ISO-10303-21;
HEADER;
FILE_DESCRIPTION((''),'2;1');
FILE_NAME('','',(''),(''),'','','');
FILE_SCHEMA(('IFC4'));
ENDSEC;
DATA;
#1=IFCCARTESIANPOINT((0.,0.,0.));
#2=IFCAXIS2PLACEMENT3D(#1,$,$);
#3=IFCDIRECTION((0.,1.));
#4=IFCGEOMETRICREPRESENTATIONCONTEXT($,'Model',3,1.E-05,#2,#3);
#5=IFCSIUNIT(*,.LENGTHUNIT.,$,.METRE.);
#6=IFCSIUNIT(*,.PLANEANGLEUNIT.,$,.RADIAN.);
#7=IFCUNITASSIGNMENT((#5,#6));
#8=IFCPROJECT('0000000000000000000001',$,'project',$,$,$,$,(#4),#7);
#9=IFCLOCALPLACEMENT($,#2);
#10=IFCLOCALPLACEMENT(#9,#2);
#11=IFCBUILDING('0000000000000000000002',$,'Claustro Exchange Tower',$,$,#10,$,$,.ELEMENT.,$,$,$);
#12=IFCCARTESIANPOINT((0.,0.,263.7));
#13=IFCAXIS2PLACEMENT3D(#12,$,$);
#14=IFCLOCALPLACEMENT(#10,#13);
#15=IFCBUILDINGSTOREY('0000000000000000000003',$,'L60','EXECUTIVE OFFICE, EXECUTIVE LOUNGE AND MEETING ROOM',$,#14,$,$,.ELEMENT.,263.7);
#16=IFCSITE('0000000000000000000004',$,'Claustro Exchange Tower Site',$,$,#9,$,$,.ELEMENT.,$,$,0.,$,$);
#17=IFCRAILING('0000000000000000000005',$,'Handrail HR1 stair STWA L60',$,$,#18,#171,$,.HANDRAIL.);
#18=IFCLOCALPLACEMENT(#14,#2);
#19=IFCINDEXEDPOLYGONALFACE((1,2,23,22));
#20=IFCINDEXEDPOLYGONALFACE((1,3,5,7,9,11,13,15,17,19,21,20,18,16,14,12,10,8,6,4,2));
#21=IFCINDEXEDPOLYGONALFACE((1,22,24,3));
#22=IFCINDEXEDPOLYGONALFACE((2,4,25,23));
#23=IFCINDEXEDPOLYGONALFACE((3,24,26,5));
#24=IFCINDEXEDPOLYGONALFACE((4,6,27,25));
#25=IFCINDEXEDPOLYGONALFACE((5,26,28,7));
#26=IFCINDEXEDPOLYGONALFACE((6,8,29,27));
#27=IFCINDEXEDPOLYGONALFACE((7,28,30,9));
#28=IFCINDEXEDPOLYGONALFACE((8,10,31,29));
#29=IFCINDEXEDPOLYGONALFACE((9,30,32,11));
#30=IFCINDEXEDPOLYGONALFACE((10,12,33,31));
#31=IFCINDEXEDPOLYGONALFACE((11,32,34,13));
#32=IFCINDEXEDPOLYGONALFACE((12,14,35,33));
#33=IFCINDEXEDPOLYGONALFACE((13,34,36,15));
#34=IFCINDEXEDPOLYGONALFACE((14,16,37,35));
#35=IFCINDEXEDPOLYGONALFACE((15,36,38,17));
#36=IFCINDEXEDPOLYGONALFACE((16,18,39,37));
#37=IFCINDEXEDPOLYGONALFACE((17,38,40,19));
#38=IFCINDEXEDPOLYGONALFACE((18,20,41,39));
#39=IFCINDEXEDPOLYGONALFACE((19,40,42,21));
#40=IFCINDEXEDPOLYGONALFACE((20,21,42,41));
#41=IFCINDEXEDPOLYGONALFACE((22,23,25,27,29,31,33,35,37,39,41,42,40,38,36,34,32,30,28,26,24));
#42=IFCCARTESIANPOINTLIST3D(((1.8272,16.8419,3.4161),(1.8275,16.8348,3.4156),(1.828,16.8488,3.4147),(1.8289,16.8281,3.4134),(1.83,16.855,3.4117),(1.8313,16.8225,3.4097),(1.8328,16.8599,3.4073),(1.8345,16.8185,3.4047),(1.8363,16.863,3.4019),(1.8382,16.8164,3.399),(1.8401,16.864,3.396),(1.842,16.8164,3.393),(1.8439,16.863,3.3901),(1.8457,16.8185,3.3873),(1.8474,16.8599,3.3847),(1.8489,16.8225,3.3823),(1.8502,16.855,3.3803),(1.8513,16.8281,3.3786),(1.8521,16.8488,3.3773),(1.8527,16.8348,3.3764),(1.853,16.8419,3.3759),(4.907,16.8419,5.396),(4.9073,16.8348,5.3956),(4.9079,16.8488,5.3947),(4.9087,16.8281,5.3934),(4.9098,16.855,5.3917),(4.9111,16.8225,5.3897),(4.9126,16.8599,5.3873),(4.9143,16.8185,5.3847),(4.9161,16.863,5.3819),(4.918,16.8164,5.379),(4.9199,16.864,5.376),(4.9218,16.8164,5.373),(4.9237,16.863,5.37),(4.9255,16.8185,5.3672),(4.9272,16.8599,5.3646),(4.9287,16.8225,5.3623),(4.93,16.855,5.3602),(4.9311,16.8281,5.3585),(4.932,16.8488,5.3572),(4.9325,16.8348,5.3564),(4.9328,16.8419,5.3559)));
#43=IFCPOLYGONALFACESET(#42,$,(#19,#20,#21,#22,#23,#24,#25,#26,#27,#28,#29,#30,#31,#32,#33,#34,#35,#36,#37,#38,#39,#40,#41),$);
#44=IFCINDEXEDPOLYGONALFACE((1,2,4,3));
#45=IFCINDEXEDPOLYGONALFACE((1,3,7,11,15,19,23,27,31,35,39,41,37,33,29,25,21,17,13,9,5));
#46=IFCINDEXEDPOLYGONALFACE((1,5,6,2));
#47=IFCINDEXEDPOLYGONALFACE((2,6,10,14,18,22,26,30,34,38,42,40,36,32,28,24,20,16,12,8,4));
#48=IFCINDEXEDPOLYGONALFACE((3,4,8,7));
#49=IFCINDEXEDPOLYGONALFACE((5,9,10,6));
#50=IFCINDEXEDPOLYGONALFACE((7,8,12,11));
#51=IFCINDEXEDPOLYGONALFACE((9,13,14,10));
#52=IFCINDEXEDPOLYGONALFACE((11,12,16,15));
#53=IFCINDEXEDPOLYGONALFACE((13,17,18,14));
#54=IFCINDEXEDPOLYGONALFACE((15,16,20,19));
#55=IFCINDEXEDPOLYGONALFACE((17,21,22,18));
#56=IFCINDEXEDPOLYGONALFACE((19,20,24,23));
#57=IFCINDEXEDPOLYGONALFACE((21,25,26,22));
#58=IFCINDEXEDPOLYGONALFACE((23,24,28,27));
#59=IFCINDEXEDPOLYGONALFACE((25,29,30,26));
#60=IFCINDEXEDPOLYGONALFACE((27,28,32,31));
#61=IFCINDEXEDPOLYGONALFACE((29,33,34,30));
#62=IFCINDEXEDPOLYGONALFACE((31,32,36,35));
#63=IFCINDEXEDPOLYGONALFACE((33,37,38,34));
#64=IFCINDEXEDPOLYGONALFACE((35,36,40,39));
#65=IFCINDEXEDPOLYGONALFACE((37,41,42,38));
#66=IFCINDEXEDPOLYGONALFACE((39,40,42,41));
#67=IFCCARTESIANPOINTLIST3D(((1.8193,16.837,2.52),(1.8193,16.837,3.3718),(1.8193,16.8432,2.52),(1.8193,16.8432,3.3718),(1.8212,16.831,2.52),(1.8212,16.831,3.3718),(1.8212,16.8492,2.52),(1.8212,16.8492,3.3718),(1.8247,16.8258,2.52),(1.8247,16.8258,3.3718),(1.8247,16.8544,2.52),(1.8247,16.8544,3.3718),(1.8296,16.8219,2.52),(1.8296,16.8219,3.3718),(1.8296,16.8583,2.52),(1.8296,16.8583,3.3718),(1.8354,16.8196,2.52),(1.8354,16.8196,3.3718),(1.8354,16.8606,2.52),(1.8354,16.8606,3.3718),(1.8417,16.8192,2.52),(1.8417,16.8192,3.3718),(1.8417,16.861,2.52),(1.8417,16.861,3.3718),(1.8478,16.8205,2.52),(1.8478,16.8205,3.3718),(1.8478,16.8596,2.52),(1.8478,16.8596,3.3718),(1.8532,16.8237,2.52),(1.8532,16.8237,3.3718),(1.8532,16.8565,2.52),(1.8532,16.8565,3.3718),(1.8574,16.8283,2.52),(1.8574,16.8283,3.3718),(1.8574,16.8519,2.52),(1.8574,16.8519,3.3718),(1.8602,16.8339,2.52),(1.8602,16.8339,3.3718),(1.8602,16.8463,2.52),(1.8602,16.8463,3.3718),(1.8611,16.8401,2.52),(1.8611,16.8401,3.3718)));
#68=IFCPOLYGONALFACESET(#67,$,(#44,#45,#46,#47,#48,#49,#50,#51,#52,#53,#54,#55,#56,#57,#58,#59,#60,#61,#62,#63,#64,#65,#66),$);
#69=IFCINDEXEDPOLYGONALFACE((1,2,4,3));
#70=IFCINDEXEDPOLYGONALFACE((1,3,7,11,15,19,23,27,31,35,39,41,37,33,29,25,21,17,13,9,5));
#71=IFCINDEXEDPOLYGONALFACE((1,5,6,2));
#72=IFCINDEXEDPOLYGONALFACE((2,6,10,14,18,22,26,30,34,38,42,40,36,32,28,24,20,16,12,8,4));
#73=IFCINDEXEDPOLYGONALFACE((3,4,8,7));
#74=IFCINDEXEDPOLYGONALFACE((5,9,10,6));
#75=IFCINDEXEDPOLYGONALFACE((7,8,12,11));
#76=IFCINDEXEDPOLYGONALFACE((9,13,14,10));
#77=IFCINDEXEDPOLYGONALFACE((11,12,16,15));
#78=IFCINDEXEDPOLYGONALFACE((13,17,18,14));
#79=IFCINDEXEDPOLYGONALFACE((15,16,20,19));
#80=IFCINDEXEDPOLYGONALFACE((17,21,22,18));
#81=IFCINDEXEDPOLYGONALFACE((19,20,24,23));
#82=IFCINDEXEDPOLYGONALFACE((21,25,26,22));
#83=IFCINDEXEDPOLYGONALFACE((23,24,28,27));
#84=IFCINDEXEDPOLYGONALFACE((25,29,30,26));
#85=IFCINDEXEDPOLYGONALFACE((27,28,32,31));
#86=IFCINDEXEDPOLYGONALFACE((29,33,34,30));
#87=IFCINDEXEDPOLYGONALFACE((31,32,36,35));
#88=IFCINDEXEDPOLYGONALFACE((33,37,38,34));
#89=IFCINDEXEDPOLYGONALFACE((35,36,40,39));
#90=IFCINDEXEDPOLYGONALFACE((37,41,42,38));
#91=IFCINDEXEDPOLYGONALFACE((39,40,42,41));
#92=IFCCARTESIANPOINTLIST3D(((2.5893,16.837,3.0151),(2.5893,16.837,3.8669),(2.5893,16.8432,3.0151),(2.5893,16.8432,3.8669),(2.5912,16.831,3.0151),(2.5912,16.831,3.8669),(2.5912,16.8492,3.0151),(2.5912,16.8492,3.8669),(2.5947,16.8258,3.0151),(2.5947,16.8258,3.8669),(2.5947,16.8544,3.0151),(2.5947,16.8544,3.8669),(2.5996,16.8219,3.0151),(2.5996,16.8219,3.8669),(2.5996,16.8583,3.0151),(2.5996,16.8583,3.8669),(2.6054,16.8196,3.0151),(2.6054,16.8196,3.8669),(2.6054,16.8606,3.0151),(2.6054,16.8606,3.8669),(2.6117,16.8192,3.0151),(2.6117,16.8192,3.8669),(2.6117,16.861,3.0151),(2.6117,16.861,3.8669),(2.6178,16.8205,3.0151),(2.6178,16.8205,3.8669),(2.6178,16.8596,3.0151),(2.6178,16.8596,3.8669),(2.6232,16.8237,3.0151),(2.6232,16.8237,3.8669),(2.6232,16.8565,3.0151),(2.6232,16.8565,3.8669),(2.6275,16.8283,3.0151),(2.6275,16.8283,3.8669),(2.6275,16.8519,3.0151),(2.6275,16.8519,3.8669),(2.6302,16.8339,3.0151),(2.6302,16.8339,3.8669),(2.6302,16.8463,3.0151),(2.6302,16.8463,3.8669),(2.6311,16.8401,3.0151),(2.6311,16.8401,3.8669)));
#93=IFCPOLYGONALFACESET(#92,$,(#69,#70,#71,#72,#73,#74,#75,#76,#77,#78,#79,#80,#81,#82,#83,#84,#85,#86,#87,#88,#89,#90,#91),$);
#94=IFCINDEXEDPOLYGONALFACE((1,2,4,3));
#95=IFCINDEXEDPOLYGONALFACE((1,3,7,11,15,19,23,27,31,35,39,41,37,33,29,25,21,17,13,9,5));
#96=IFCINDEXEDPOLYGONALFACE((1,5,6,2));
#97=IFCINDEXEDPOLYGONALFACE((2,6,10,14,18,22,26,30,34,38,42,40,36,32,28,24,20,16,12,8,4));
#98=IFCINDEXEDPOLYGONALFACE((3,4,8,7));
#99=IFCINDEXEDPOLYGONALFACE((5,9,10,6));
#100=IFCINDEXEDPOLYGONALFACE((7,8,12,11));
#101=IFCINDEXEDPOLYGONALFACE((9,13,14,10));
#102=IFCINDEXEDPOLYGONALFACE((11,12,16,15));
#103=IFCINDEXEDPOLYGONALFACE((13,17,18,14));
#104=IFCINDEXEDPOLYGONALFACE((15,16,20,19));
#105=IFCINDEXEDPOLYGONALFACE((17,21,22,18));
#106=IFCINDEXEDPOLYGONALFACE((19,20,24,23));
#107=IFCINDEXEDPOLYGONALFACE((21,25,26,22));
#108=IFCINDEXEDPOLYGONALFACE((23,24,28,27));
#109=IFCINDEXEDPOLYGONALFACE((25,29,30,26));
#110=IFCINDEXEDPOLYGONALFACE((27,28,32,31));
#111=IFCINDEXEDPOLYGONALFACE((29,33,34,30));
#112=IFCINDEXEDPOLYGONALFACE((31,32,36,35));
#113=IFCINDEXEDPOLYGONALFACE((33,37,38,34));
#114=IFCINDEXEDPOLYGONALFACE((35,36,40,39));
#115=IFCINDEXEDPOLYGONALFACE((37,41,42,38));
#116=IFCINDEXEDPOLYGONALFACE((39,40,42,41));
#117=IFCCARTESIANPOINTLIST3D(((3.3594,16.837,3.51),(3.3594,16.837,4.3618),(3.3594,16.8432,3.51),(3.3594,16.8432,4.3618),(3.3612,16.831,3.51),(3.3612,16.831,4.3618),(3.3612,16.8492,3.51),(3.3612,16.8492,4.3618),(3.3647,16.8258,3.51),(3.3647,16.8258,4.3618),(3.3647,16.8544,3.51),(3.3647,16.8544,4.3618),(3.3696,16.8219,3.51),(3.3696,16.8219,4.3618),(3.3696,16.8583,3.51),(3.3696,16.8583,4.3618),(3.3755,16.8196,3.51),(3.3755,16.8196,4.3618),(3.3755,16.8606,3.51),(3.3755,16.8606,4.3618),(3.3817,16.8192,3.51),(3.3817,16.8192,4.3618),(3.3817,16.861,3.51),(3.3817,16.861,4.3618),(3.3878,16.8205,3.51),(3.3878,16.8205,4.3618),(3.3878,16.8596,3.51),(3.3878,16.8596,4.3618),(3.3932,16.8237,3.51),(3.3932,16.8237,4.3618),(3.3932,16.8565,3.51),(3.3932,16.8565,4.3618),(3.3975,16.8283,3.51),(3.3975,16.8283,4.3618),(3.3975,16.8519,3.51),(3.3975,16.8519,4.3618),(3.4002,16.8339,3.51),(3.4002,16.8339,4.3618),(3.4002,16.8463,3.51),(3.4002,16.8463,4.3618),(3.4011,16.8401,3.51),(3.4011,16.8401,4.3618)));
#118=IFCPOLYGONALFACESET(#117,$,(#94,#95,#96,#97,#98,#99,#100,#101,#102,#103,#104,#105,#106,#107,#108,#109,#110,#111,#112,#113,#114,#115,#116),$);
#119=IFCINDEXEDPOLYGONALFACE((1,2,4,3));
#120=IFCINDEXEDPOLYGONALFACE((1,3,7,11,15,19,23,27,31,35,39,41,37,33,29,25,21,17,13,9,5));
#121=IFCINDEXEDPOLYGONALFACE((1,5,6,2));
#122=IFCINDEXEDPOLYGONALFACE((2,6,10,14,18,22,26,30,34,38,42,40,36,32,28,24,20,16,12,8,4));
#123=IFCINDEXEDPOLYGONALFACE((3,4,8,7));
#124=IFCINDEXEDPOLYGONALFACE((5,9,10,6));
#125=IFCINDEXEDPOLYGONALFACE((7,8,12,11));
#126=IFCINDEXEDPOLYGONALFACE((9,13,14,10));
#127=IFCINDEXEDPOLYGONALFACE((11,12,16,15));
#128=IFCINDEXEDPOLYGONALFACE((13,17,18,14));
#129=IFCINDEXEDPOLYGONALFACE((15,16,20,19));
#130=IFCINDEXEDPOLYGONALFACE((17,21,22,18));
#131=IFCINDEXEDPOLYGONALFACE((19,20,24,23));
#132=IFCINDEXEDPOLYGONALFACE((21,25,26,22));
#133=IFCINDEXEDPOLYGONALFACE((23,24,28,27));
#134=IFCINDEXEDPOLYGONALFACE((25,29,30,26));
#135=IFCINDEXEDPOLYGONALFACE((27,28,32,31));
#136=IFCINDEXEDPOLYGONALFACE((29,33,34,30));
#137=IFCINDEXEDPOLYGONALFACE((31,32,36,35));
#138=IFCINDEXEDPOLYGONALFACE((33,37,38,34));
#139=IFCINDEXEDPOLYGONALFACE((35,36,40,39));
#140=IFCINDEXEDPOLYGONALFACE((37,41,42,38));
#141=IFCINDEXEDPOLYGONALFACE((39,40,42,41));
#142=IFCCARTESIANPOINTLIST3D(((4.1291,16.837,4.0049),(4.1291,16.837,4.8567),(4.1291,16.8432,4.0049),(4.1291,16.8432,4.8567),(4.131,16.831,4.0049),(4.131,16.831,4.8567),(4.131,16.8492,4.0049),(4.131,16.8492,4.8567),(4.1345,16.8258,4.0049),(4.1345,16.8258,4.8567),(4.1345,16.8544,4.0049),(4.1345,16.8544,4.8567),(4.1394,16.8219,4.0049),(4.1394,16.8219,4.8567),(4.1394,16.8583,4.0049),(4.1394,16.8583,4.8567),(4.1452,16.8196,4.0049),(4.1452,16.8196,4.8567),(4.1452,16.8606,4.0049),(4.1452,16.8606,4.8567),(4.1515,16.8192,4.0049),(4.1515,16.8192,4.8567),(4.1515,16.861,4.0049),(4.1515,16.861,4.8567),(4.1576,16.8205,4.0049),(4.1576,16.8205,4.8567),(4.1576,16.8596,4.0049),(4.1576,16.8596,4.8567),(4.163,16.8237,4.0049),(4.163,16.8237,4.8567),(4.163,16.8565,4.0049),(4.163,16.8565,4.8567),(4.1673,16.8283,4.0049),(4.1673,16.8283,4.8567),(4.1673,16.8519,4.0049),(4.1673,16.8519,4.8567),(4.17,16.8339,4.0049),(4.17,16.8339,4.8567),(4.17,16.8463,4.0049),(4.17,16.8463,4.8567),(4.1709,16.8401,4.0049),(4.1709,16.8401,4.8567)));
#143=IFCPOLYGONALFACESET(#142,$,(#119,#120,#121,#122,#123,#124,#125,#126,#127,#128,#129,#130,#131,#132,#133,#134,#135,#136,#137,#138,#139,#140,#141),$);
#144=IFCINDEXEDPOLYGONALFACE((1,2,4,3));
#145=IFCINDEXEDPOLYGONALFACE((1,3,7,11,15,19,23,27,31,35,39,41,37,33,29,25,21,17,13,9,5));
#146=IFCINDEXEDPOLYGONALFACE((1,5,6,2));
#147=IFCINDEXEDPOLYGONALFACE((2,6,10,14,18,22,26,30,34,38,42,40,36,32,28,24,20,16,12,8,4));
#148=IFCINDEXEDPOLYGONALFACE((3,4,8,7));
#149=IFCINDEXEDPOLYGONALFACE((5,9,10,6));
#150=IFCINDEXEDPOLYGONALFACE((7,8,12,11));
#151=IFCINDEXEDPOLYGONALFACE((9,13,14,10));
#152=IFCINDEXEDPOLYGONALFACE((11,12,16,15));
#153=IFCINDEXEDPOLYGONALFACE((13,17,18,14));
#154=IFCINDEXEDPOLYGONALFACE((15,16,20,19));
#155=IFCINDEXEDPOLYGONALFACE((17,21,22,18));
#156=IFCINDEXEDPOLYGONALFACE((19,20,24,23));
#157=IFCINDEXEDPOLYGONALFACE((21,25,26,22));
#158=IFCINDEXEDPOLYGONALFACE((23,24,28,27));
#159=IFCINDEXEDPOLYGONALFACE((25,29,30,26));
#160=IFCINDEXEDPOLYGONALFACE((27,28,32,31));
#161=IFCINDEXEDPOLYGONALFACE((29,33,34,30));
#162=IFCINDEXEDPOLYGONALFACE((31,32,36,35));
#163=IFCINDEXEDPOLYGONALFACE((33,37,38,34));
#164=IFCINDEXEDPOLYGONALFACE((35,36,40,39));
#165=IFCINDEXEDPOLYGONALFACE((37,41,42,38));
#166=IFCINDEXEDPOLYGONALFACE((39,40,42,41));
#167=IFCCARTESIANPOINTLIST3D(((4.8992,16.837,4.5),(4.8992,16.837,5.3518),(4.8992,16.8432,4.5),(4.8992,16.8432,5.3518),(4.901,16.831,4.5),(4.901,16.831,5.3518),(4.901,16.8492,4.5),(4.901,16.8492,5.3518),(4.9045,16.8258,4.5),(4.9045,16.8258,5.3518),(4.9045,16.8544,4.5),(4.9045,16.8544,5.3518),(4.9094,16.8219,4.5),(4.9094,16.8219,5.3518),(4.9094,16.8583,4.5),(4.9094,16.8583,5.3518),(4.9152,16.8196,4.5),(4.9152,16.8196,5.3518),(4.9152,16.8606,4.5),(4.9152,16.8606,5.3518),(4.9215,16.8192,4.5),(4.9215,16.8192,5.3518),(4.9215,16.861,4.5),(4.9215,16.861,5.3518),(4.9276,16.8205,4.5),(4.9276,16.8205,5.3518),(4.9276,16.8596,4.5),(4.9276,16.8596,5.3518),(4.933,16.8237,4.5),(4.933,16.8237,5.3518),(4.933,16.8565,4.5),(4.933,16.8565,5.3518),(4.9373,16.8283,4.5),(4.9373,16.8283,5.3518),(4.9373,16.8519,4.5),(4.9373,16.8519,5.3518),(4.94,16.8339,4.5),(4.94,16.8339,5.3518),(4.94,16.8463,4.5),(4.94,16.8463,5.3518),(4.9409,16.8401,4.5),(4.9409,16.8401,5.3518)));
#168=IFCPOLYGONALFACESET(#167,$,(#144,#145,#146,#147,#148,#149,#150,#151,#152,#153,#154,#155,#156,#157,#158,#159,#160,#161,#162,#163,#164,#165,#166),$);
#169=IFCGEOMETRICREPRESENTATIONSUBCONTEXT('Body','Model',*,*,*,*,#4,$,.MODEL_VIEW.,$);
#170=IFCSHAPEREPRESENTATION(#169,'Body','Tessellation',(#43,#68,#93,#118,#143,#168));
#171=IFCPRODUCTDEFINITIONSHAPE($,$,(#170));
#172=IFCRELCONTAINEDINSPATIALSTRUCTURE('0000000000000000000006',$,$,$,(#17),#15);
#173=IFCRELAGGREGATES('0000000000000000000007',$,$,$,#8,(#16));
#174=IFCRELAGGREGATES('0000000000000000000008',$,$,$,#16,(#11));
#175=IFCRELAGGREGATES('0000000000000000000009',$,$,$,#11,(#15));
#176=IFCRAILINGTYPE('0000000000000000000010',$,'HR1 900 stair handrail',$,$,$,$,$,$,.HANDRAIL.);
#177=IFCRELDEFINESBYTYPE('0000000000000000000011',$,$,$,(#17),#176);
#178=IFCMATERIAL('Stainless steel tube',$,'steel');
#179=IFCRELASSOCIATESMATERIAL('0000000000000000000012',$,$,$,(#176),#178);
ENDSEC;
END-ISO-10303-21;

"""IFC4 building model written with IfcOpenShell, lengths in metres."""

from ifc_helpers import new_model, si_unit, direction, frame, origin, origin_2d, place, context, subcontext, project, spatial, circle, extrude, material, type_object, element, save


model = new_model("IFC4")

# Units and contexts
model_context = context("Model", 3, precision=1e-05, world=origin(), true_north=direction((0.0, 1.0)))
body_context = subcontext(model_context, "Body", "Model", "MODEL_VIEW")
ifc_project = project(units=[si_unit("LENGTHUNIT", "METRE"), si_unit("PLANEANGLEUNIT", "RADIAN")], contexts=[model_context])

# Site, building, storey
site_placement = place(None, origin())
site = spatial("IfcSite", under=ifc_project, at=site_placement, Name="Claustro Exchange Tower Site", CompositionType="ELEMENT", RefElevation=0.0)
building_placement = place(site_placement, origin())
building = spatial("IfcBuilding", under=site, at=building_placement, Name="Claustro Exchange Tower", CompositionType="ELEMENT")
storey_placement = place(building_placement, frame((0.0, 0.0, 263.7)))
storey = spatial("IfcBuildingStorey", under=building, at=storey_placement, Name="L60", Description="EXECUTIVE OFFICE, EXECUTIVE LOUNGE AND MEETING ROOM", CompositionType="ELEMENT", Elevation=263.7)

# Railing
ifc_material_1 = material(Name="Stainless steel tube", Category="steel")
railing_type = type_object("IfcRailingType", Name="HR1 900 stair handrail", PredefinedType="HANDRAIL", material=ifc_material_1)
railing_placement = place(storey_placement, frame((1.8401, 16.8401, 2.52)))
element("IfcRailing", 1, at=railing_placement, inside=storey, type_object=railing_type, Name="Handrail HR1 stair STWA L60", PredefinedType="HANDRAIL", context=body_context, shape_type="SweptSolid", body=[
    extrude(circle(Radius=0.0239, at=origin_2d()), frame((0.0, 0.0, 0.876), z_axis=(0.841168, 0.0, 0.540774), x_axis=(0.0, 1.0, 0.0)), (0.0, 0.0, 1.0), 3.6614),
    extrude(circle(Radius=0.021, at=origin_2d()), origin(), (0.0, 0.0, 1.0), 0.8518),
    extrude(circle(Radius=0.021, at=origin_2d()), frame((0.77, 0.0, 0.4951)), (0.0, 0.0, 1.0), 0.8518),
    extrude(circle(Radius=0.021, at=origin_2d()), frame((1.54, 0.0, 0.99)), (0.0, 0.0, 1.0), 0.8518),
    extrude(circle(Radius=0.021, at=origin_2d()), frame((2.3098, 0.0, 1.4849)), (0.0, 0.0, 1.0), 0.8518),
    extrude(circle(Radius=0.021, at=origin_2d()), frame((3.0798, 0.0, 1.98)), (0.0, 0.0, 1.0), 0.8518),
])

save(model, "model.ifc")
